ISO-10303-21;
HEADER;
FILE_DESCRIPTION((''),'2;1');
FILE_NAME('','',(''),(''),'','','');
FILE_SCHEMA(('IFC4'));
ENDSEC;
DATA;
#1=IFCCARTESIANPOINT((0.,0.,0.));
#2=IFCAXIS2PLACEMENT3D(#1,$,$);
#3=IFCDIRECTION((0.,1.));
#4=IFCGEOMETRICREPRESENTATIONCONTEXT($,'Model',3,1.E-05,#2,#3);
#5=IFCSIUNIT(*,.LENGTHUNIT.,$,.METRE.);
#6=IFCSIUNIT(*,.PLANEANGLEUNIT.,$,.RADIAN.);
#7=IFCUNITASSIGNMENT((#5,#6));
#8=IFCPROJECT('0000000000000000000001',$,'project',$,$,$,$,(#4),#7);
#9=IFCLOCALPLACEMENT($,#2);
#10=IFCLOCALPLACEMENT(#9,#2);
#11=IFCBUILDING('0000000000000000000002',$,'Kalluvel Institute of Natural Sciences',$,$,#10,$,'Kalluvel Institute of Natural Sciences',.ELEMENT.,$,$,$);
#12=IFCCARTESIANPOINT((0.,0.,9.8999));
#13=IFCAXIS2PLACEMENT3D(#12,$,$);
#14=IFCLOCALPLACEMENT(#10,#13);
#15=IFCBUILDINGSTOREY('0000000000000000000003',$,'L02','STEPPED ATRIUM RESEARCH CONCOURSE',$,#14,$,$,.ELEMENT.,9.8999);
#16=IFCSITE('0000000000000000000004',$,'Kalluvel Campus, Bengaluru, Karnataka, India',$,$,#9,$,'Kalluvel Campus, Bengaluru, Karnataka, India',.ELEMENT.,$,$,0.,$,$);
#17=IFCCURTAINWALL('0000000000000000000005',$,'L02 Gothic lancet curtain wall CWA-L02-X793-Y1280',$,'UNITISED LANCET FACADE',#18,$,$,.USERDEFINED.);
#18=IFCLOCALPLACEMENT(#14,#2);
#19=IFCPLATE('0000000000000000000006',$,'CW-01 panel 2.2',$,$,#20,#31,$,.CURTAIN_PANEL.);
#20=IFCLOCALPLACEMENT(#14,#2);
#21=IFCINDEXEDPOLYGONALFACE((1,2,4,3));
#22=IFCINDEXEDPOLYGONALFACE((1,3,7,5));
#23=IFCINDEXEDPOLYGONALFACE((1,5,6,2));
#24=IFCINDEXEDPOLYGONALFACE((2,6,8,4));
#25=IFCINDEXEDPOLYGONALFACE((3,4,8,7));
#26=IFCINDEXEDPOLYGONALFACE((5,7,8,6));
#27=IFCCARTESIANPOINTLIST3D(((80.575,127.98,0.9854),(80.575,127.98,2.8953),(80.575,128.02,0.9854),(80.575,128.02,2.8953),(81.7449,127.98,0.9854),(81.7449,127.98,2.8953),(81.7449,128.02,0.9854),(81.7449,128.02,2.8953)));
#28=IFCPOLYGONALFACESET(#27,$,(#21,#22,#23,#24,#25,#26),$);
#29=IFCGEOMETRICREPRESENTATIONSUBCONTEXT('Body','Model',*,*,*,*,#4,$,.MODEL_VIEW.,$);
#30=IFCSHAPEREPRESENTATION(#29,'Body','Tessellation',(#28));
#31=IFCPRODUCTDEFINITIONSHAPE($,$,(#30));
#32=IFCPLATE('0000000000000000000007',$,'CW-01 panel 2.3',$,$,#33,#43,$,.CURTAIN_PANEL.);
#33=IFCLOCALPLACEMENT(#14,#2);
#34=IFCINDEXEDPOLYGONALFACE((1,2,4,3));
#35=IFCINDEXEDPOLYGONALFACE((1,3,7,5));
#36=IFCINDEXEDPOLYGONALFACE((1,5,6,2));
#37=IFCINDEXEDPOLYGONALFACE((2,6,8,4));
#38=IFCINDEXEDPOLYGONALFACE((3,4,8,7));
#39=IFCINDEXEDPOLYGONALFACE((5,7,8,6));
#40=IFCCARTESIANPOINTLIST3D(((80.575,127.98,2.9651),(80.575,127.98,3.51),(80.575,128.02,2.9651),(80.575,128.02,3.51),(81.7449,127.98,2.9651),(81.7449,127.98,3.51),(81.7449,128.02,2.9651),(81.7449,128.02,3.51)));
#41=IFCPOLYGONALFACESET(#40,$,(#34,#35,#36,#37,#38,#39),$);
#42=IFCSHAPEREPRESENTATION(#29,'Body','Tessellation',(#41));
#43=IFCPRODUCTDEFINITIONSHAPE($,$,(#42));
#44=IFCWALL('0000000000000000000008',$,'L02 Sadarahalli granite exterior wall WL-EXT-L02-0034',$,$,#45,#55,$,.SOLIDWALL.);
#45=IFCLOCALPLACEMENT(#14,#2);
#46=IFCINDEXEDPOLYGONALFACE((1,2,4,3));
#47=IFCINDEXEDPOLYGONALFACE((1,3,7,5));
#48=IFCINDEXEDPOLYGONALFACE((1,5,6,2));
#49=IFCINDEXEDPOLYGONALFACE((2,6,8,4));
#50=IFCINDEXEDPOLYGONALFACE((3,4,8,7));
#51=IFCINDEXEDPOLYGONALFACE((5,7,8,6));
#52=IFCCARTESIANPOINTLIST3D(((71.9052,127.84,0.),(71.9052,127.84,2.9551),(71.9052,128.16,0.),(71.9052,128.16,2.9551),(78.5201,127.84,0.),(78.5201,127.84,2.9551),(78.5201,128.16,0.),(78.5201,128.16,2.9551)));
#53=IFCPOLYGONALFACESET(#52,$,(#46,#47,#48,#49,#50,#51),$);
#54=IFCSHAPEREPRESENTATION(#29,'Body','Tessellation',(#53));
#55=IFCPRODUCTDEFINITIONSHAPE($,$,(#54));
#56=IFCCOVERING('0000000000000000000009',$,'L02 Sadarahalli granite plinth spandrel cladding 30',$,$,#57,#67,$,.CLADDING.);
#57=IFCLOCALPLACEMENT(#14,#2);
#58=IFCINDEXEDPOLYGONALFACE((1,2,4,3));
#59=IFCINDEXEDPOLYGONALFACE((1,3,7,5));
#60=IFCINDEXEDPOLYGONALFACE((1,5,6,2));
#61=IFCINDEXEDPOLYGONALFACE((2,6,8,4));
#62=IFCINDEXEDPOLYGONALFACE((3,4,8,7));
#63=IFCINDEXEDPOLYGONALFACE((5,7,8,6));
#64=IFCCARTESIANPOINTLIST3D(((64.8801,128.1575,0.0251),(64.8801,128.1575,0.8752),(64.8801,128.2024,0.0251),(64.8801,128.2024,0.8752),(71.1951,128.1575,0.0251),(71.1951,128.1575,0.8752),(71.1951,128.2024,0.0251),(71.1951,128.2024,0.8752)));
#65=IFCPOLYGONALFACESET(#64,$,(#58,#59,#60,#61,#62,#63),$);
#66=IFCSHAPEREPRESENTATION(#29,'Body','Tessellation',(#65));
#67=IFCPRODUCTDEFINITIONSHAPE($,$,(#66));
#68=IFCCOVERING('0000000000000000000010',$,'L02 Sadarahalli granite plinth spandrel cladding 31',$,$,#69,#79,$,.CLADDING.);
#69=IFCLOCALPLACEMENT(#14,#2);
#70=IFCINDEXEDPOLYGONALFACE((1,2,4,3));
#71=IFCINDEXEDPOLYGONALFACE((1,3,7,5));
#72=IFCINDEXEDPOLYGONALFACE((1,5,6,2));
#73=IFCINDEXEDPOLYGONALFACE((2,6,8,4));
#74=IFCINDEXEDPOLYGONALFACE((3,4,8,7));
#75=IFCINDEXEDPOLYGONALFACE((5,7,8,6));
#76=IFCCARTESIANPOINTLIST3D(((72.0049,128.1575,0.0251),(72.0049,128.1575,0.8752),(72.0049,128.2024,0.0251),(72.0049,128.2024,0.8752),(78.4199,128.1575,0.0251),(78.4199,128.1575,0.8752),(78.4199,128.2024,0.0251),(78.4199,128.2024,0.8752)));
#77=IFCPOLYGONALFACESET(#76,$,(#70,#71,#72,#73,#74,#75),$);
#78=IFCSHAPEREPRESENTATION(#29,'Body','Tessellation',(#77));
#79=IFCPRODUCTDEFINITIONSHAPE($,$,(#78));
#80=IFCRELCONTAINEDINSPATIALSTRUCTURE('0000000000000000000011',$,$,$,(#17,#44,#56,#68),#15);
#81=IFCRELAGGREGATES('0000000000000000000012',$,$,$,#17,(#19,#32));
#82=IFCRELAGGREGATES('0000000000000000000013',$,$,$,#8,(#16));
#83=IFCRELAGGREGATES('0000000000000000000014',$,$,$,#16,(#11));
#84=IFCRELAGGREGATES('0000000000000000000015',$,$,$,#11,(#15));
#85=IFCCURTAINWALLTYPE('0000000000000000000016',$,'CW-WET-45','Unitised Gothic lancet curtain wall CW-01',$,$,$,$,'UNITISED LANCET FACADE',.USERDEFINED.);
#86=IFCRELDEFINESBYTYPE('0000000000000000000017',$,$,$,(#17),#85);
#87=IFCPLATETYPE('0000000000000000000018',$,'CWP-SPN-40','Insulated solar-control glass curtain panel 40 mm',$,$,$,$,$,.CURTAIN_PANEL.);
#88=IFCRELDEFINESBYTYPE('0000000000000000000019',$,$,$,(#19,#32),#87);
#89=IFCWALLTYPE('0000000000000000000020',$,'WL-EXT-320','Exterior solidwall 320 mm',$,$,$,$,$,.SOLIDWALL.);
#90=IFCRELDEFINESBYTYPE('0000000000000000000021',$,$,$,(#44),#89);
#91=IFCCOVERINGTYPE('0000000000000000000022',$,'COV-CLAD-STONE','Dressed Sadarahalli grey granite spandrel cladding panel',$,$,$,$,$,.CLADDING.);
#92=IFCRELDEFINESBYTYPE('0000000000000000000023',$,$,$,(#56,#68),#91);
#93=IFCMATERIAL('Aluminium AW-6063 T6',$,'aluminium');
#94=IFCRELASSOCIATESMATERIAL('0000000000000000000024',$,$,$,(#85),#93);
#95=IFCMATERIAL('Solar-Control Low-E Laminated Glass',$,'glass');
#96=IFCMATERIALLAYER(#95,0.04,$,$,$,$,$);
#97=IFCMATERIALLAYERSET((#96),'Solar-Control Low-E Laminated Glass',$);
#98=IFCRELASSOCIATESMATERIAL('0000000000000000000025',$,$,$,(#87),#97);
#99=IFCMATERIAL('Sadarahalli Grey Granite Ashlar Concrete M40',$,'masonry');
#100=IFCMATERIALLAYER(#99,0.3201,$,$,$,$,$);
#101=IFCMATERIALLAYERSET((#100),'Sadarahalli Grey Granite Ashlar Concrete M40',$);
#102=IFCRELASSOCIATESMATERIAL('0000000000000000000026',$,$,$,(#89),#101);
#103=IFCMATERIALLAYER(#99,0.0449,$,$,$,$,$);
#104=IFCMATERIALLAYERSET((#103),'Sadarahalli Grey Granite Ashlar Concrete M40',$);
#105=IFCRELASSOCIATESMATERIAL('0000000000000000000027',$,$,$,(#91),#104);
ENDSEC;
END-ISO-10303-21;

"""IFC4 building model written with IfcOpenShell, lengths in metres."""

from ifc_helpers import new_model, si_unit, direction, frame, frame_2d, origin, origin_2d, place, context, subcontext, project, spatial, rectangle, extrude, material, layer, layer_set, type_object, element, aggregate, save


model = new_model("IFC4")

# Units and contexts
model_context = context("Model", 3, precision=1e-05, world=origin(), true_north=direction((0.0, 1.0)))
body_context = subcontext(model_context, "Body", "Model", "MODEL_VIEW")
ifc_project = project(units=[si_unit("LENGTHUNIT", "METRE"), si_unit("PLANEANGLEUNIT", "RADIAN")], contexts=[model_context])

# Site, building, storey
site_placement = place(None, origin())
site = spatial("IfcSite", under=ifc_project, at=site_placement, Name="Kalluvel Campus, Bengaluru, Karnataka, India", LongName="Kalluvel Campus, Bengaluru, Karnataka, India", CompositionType="ELEMENT", RefElevation=0.0)
building_placement = place(site_placement, origin())
building = spatial("IfcBuilding", under=site, at=building_placement, Name="Kalluvel Institute of Natural Sciences", LongName="Kalluvel Institute of Natural Sciences", CompositionType="ELEMENT")
storey_placement = place(building_placement, frame((0.0, 0.0, 9.8999)))
storey = spatial("IfcBuildingStorey", under=building, at=storey_placement, Name="L02", Description="STEPPED ATRIUM RESEARCH CONCOURSE", CompositionType="ELEMENT", Elevation=9.8999)

# Curtain wall
ifc_material_1 = material(Name="Aluminium AW-6063 T6", Category="aluminium")
curtain_wall_type = type_object("IfcCurtainWallType", Name="CW-WET-45", Description="Unitised Gothic lancet curtain wall CW-01", ElementType="UNITISED LANCET FACADE", PredefinedType="USERDEFINED", material=ifc_material_1)
curtain_wall_placement = place(storey_placement, origin())
curtain_wall = element("IfcCurtainWall", 1, at=curtain_wall_placement, inside=storey, type_object=curtain_wall_type, Name="L02 Gothic lancet curtain wall CWA-L02-X793-Y1280", ObjectType="UNITISED LANCET FACADE", PredefinedType="USERDEFINED")

# Plates
ifc_material_2 = material(Name="Solar-Control Low-E Laminated Glass", Category="glass")
ifc_layer_1 = layer(ifc_material_2, 0.04)
ifc_layer_set_1 = layer_set([ifc_layer_1], Name="Solar-Control Low-E Laminated Glass")
plate_type = type_object("IfcPlateType", Name="CWP-SPN-40", Description="Insulated solar-control glass curtain panel 40 mm", PredefinedType="CURTAIN_PANEL", material=ifc_layer_set_1)
plate_1_placement = place(storey_placement, frame((81.1599, 128.0, 0.9854), z_axis=(0.0, 0.0, 1.0), x_axis=(1.0, 0.0, 0.0)))
plate_1 = element("IfcPlate", 2, at=plate_1_placement, type_object=plate_type, Name="CW-01 panel 2.2", PredefinedType="CURTAIN_PANEL", context=body_context, shape_type="SweptSolid", body=[
    extrude(rectangle(XDim=1.1699, YDim=0.04, at=origin_2d()), origin(), (0.0, 0.0, 1.0), 1.9099),
])
plate_2_placement = place(storey_placement, frame((81.1599, 128.0, 2.9651), z_axis=(0.0, 0.0, 1.0), x_axis=(1.0, 0.0, 0.0)))
plate_2 = element("IfcPlate", 3, at=plate_2_placement, type_object=plate_type, Name="CW-01 panel 2.3", PredefinedType="CURTAIN_PANEL", context=body_context, shape_type="SweptSolid", body=[
    extrude(rectangle(XDim=1.1699, YDim=0.04, at=origin_2d()), origin(), (0.0, 0.0, 1.0), 0.5449),
])
aggregate(curtain_wall, [plate_1, plate_2])

# Wall
ifc_material_3 = material(Name="Sadarahalli Grey Granite Ashlar Concrete M40", Category="masonry")
ifc_layer_2 = layer(ifc_material_3, 0.3201)
ifc_layer_set_2 = layer_set([ifc_layer_2], Name="Sadarahalli Grey Granite Ashlar Concrete M40")
wall_type = type_object("IfcWallType", Name="WL-EXT-320", Description="Exterior solidwall 320 mm", PredefinedType="SOLIDWALL", material=ifc_layer_set_2)
wall_placement = place(storey_placement, frame((71.905, 128.0, 0.0), z_axis=(0.0, 0.0, 1.0), x_axis=(1.0, 0.0, 0.0)))
element("IfcWall", 4, at=wall_placement, inside=storey, type_object=wall_type, Name="L02 Sadarahalli granite exterior wall WL-EXT-L02-0034", PredefinedType="SOLIDWALL", context=body_context, shape_type="SweptSolid", body=[
    extrude(rectangle(XDim=6.615, YDim=0.3201, at=frame_2d((3.3076, 0.0))), origin(), (0.0, 0.0, 1.0), 2.9551),
])

# Coverings
ifc_layer_3 = layer(ifc_material_3, 0.0449)
ifc_layer_set_3 = layer_set([ifc_layer_3], Name="Sadarahalli Grey Granite Ashlar Concrete M40")
covering_type = type_object("IfcCoveringType", Name="COV-CLAD-STONE", Description="Dressed Sadarahalli grey granite spandrel cladding panel", PredefinedType="CLADDING", material=ifc_layer_set_3)
covering_1_placement = place(storey_placement, frame((68.0376, 128.1799, 0.0251), z_axis=(0.0, 0.0, 1.0), x_axis=(1.0, 0.0, 0.0)))
element("IfcCovering", 5, at=covering_1_placement, inside=storey, type_object=covering_type, Name="L02 Sadarahalli granite plinth spandrel cladding 30", PredefinedType="CLADDING", context=body_context, shape_type="SweptSolid", body=[
    extrude(rectangle(XDim=6.3149, YDim=0.0449, at=origin_2d()), origin(), (0.0, 0.0, 1.0), 0.8501),
])
covering_2_placement = place(storey_placement, frame((75.2124, 128.1799, 0.0251), z_axis=(0.0, 0.0, 1.0), x_axis=(1.0, 0.0, 0.0)))
element("IfcCovering", 6, at=covering_2_placement, inside=storey, type_object=covering_type, Name="L02 Sadarahalli granite plinth spandrel cladding 31", PredefinedType="CLADDING", context=body_context, shape_type="SweptSolid", body=[
    extrude(rectangle(XDim=6.415, YDim=0.0449, at=origin_2d()), origin(), (0.0, 0.0, 1.0), 0.8501),
])

save(model, "model.ifc")
